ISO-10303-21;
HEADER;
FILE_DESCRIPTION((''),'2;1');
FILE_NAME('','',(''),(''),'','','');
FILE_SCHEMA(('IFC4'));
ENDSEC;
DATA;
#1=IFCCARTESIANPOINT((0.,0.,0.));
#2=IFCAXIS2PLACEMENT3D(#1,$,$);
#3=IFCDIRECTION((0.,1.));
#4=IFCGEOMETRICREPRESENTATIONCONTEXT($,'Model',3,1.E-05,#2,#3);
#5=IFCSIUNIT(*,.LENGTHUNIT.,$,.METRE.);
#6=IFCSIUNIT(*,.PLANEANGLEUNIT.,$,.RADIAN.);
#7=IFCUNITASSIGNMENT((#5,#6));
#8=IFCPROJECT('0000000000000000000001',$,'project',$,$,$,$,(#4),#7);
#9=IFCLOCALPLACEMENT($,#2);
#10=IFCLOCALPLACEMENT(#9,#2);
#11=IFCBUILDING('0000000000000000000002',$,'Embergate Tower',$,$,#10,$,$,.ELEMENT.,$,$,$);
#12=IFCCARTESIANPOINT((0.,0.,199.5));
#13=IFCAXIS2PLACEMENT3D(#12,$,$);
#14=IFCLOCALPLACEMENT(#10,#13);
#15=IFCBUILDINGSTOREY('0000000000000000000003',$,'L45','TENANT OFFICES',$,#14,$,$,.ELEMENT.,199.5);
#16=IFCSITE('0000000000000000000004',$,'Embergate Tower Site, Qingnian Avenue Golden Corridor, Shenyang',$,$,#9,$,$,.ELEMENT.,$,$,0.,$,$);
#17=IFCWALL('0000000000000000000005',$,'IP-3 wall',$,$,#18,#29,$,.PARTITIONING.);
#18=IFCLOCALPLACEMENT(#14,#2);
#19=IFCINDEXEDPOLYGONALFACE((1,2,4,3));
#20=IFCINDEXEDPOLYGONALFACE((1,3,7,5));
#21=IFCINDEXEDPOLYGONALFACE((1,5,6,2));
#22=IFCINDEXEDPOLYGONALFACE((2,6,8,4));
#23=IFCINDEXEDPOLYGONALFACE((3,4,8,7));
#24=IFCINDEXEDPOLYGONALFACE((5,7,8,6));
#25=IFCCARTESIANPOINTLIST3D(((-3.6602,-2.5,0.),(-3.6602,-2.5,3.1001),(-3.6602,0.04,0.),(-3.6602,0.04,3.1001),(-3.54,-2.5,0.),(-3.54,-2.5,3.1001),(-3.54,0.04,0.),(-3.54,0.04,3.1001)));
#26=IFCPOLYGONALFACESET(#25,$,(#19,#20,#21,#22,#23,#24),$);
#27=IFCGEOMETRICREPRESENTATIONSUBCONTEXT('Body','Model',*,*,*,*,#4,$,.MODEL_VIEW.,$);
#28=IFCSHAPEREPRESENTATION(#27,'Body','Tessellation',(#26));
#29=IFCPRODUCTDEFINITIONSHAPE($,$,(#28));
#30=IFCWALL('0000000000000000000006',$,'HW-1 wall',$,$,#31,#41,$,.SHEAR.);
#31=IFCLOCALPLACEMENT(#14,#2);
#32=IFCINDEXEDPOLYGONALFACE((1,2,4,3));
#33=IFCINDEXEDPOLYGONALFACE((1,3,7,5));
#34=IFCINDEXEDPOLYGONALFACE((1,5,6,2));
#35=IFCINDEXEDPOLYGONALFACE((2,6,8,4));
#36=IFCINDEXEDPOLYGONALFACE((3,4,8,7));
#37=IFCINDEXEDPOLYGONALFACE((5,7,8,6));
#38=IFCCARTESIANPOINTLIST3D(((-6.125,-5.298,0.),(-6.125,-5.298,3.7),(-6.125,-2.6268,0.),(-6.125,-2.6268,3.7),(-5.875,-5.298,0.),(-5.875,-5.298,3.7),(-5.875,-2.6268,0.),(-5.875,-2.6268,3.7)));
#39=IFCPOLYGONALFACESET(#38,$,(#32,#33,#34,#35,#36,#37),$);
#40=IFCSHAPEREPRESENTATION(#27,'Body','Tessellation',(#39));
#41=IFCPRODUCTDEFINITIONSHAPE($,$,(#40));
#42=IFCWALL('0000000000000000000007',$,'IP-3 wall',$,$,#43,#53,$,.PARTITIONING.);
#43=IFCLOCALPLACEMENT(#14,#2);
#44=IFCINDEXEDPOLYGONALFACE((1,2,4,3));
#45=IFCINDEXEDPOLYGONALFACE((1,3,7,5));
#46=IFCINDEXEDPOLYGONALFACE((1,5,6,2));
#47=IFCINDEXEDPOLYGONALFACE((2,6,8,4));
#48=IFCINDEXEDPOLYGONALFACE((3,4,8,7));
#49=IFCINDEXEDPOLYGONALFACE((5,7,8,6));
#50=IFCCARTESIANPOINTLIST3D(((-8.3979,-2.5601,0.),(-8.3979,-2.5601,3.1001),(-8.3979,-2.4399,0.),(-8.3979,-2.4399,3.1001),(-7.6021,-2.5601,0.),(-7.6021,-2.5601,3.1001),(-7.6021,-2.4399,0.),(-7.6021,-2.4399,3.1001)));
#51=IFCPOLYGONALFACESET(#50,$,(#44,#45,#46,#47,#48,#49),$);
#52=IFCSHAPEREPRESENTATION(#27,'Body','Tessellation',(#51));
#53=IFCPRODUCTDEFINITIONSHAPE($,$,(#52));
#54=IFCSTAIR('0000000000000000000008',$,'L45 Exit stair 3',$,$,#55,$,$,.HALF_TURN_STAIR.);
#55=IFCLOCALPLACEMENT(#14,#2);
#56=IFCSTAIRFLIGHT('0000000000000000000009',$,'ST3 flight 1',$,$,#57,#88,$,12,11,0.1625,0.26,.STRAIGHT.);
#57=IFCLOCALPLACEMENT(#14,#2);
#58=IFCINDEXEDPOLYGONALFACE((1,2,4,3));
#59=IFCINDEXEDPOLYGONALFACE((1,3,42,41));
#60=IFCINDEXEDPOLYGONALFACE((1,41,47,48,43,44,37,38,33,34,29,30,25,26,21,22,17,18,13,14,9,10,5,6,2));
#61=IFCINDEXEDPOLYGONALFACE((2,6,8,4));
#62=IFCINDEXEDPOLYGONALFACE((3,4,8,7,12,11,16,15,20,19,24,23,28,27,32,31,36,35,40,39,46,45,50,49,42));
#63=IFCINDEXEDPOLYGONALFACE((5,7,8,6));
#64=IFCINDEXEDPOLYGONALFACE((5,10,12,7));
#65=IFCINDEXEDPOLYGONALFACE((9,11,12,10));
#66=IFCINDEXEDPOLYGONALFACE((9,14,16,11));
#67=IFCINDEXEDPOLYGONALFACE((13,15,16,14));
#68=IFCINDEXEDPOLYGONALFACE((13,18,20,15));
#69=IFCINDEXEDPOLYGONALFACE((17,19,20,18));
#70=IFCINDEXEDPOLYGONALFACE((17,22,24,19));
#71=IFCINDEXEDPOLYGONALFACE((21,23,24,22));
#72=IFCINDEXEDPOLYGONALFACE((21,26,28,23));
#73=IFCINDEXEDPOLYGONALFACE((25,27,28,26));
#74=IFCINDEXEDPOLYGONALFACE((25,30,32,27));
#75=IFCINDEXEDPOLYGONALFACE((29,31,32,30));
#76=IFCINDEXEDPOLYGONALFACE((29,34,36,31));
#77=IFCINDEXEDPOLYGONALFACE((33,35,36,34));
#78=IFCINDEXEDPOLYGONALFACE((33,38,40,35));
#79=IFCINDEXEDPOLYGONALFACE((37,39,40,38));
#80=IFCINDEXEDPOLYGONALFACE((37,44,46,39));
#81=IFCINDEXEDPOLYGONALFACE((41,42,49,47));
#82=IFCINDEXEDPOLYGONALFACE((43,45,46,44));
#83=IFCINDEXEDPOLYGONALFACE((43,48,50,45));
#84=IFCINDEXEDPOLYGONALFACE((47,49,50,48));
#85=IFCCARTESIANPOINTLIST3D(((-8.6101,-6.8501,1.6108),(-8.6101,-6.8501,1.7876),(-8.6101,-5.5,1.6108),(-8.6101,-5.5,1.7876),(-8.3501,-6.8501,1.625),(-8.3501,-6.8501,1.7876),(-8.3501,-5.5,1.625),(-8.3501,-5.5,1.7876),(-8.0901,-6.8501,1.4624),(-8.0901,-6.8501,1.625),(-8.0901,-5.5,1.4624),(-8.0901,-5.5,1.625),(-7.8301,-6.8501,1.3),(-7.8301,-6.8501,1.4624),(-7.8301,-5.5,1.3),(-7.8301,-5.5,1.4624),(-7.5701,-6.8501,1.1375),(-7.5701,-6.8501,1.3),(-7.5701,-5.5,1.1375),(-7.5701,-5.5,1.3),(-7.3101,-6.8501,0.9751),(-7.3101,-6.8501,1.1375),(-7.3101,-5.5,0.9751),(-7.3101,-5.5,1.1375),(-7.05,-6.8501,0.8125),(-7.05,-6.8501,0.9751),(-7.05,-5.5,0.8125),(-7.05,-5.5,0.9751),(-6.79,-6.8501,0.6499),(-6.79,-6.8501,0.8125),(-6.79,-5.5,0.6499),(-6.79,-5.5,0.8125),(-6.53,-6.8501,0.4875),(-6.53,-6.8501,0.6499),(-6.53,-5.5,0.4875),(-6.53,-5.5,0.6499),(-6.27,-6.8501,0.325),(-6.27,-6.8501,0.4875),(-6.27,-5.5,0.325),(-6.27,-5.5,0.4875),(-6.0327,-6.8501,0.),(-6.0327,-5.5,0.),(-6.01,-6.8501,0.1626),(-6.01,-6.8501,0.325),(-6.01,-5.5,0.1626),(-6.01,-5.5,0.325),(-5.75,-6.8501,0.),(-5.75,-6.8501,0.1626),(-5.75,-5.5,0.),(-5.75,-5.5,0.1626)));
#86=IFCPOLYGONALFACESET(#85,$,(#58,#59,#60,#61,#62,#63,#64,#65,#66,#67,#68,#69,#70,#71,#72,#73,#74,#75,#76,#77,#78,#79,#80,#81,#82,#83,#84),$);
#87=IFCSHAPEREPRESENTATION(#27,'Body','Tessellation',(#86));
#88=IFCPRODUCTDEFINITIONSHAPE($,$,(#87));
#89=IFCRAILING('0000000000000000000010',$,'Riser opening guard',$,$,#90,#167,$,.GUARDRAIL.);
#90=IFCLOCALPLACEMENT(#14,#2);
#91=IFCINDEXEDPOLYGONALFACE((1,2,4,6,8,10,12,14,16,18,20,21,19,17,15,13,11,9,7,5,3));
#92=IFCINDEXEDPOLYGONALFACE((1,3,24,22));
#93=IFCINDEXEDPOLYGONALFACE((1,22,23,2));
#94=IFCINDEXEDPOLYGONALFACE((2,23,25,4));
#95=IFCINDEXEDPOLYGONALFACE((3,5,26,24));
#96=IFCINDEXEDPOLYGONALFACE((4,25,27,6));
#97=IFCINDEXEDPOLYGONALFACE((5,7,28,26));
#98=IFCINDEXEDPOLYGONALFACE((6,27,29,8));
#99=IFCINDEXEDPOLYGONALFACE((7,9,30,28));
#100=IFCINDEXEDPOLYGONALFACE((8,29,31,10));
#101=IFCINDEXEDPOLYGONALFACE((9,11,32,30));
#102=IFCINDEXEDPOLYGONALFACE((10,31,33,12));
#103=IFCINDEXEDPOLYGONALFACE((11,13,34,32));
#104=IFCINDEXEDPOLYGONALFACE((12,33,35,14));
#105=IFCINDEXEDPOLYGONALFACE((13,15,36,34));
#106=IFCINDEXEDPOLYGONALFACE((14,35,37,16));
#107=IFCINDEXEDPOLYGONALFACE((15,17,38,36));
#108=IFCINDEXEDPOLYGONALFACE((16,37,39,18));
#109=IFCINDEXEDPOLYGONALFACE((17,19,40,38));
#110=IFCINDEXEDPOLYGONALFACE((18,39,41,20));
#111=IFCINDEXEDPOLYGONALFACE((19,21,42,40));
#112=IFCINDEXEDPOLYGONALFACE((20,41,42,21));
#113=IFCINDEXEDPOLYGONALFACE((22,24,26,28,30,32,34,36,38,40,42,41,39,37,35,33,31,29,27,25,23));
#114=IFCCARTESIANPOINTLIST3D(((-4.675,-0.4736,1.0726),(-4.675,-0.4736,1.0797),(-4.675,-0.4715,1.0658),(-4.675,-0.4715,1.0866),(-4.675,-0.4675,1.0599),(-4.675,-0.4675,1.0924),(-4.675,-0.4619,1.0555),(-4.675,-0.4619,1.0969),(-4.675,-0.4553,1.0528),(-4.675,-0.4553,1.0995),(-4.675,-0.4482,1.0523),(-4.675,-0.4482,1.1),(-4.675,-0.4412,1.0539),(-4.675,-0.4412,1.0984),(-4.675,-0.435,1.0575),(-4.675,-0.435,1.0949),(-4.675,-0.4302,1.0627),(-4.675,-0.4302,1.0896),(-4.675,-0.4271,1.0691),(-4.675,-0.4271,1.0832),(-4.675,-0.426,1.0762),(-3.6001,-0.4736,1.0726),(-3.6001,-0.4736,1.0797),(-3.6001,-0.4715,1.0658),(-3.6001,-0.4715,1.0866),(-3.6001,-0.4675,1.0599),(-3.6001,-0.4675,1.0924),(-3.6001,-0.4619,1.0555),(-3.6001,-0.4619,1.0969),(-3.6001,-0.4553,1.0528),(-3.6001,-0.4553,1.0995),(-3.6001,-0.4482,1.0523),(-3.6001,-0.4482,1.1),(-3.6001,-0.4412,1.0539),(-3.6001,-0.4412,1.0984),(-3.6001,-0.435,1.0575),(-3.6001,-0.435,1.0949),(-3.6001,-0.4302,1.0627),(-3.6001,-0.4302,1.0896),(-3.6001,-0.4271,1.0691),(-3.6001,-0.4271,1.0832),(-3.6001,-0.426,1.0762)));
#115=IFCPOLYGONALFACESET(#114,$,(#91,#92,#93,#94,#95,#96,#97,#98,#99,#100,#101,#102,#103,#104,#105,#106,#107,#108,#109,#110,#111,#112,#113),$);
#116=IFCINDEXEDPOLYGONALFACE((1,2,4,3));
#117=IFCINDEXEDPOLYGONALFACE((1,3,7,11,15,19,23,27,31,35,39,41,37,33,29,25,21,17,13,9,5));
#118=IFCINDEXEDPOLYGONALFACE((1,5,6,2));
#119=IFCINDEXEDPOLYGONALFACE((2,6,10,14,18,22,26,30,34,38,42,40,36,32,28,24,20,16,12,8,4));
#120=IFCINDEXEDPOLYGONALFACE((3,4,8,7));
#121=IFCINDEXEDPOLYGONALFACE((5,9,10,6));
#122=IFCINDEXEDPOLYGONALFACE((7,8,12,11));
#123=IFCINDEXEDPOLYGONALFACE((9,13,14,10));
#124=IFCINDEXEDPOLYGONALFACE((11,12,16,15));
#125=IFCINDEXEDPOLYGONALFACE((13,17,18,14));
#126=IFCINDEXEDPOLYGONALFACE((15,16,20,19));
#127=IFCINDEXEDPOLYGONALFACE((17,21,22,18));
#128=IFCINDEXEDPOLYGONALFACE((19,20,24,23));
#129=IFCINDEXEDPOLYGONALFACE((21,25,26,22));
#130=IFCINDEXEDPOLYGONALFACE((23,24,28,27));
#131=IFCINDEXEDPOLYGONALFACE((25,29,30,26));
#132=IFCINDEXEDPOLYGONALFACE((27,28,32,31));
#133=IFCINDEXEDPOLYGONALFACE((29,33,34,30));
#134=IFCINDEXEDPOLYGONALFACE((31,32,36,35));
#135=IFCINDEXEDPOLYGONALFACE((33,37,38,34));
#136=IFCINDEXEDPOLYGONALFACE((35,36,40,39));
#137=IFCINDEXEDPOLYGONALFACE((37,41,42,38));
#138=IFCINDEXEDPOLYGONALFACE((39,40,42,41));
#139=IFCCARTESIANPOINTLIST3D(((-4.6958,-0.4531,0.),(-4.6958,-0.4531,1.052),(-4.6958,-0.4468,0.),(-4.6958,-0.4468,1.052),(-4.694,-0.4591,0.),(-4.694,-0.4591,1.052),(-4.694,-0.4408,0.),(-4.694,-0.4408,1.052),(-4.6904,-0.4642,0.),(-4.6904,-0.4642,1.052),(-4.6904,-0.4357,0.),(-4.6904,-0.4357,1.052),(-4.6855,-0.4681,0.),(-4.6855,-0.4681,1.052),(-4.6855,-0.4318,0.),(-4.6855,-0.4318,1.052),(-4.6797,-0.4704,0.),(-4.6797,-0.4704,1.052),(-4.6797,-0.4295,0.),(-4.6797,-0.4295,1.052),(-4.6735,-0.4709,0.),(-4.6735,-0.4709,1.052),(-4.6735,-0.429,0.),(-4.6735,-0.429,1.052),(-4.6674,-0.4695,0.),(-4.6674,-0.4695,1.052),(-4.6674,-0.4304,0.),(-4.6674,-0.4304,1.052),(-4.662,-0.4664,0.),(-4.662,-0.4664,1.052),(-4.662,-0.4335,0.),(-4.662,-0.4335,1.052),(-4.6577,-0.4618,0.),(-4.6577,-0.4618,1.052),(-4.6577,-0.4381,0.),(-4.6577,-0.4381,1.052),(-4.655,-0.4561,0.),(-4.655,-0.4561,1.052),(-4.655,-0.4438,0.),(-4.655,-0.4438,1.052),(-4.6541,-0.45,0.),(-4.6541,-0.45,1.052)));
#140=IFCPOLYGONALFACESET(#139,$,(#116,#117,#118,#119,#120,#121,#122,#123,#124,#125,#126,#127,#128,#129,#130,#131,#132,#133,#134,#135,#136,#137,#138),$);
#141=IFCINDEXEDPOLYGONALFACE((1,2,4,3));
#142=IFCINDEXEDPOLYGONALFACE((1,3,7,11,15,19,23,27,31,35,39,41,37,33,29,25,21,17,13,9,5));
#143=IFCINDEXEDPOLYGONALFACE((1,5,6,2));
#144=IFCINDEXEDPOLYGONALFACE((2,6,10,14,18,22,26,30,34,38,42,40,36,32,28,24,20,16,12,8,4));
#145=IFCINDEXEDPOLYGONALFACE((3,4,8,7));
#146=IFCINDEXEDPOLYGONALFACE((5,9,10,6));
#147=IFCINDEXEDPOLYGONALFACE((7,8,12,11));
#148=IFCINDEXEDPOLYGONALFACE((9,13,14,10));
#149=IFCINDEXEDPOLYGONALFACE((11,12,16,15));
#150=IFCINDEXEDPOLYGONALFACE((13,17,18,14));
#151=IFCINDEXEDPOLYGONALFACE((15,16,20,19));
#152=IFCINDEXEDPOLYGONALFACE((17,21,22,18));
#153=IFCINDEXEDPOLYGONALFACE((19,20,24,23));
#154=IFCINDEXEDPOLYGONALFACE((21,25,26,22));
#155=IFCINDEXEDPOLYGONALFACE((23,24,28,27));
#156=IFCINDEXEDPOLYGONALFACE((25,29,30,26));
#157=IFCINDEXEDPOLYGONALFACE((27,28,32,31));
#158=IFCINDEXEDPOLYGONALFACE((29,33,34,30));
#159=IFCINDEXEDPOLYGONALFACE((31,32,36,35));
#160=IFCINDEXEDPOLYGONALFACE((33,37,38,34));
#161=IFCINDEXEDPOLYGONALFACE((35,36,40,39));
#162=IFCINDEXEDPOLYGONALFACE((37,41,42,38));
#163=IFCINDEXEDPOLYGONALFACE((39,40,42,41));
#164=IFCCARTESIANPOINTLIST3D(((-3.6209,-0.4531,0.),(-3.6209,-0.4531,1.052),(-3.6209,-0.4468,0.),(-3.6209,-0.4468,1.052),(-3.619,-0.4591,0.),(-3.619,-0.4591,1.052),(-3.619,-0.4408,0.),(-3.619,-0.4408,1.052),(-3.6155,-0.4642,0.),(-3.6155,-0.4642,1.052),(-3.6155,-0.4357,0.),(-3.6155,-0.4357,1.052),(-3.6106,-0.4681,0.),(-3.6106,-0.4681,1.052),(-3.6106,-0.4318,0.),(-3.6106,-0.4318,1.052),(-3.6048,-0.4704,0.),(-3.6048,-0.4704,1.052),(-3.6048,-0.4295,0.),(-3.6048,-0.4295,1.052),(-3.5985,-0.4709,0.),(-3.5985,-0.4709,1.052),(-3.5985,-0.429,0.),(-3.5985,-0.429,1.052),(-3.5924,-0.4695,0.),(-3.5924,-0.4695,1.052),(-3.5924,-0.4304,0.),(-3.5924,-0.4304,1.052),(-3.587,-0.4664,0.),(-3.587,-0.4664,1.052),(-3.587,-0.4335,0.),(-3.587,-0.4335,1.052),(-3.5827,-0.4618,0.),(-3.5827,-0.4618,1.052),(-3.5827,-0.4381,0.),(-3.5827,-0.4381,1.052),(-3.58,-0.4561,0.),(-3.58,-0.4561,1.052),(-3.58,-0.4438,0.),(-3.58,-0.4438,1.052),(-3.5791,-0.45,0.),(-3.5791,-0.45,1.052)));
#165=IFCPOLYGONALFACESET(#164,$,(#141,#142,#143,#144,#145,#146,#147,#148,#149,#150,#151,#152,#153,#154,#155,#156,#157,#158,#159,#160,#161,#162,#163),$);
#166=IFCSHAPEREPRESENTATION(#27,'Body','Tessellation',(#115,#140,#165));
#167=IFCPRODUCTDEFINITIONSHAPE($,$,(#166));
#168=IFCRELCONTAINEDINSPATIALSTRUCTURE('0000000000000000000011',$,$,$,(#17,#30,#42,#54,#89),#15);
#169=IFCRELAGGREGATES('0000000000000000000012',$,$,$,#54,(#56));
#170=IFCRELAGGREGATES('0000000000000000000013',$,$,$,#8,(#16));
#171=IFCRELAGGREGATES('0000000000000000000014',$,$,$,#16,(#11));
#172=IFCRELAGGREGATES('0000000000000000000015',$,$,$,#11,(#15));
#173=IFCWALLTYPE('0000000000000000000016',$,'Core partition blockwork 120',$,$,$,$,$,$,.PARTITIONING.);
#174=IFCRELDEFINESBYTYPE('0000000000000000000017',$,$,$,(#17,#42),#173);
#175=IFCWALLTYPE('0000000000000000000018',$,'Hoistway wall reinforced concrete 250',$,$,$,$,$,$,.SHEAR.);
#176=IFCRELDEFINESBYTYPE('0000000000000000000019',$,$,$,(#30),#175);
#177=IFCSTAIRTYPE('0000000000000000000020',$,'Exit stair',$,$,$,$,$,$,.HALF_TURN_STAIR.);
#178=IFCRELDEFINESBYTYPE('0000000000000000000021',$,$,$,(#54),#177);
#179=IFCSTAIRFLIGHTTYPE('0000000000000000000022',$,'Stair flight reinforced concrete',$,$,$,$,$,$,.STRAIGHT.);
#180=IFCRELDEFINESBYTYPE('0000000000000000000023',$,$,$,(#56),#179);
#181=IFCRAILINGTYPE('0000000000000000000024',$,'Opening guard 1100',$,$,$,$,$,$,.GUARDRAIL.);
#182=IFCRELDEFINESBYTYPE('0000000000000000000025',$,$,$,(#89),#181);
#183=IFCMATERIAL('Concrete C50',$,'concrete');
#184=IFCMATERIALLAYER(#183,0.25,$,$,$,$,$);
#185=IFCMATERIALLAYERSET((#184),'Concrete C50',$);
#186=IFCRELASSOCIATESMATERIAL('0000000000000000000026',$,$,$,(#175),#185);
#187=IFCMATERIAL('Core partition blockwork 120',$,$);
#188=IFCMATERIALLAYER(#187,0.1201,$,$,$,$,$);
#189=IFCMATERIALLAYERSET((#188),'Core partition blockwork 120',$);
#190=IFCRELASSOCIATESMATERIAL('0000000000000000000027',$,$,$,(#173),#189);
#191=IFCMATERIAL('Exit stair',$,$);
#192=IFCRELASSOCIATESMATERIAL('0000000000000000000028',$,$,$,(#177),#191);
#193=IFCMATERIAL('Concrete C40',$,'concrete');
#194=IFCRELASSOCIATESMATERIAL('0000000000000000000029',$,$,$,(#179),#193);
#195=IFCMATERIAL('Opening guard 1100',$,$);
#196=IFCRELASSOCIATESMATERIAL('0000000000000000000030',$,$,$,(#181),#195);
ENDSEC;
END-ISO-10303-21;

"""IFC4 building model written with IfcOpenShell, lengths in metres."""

from ifc_helpers import new_model, si_unit, direction, frame, frame_2d, origin, origin_2d, place, context, subcontext, project, spatial, polyline, rectangle, circle, outline, extrude, source, transform, mapped, material, layer, layer_set, type_object, element, aggregate, save


model = new_model("IFC4")

# Units and contexts
model_context = context("Model", 3, precision=1e-05, world=origin(), true_north=direction((0.0, 1.0)))
body_context = subcontext(model_context, "Body", "Model", "MODEL_VIEW")
ifc_project = project(units=[si_unit("LENGTHUNIT", "METRE"), si_unit("PLANEANGLEUNIT", "RADIAN")], contexts=[model_context])

# Site, building, storey
site_placement = place(None, origin())
site = spatial("IfcSite", under=ifc_project, at=site_placement, Name="Embergate Tower Site, Qingnian Avenue Golden Corridor, Shenyang", CompositionType="ELEMENT", RefElevation=0.0)
building_placement = place(site_placement, origin())
building = spatial("IfcBuilding", under=site, at=building_placement, Name="Embergate Tower", CompositionType="ELEMENT")
storey_placement = place(building_placement, frame((0.0, 0.0, 199.5)))
storey = spatial("IfcBuildingStorey", under=building, at=storey_placement, Name="L45", Description="TENANT OFFICES", CompositionType="ELEMENT", Elevation=199.5)

# Shared definitions
ifc_material_1 = material(Name="Concrete C50", Category="concrete")
ifc_layer_1 = layer(ifc_material_1, 0.25)
ifc_layer_set_1 = layer_set([ifc_layer_1], Name="Concrete C50")
wall_type_1 = type_object("IfcWallType", Name="Hoistway wall reinforced concrete 250", PredefinedType="SHEAR", material=ifc_layer_set_1)

# Shared definitions
ifc_material_2 = material(Name="Core partition blockwork 120")
ifc_layer_2 = layer(ifc_material_2, 0.1201)
ifc_layer_set_2 = layer_set([ifc_layer_2], Name="Core partition blockwork 120")
wall_type_2 = type_object("IfcWallType", Name="Core partition blockwork 120", PredefinedType="PARTITIONING", material=ifc_layer_set_2)

# Walls
shared_shape_1 = source(origin(), body_context, "Body", "SweptSolid", [
    extrude(rectangle(XDim=2.54, YDim=0.1201, at=frame_2d((1.27, 0.0))), origin(), (0.0, 0.0, 1.0), 3.1001),
])
wall_1_placement = place(storey_placement, frame((-3.6001, -2.5, 0.0), z_axis=(0.0, 0.0, 1.0), x_axis=(0.0, 1.0, 0.0)))
element("IfcWall", 1, at=wall_1_placement, inside=storey, type_object=wall_type_2, Name="IP-3 wall", PredefinedType="PARTITIONING", context=body_context, shape_type="MappedRepresentation", body=[
    mapped(shared_shape_1, transform((0.0, 0.0, 0.0))),
])
shared_shape_2 = source(origin(), body_context, "Body", "SweptSolid", [
    extrude(rectangle(XDim=2.6711, YDim=0.25, at=frame_2d((1.3354, 0.0))), origin(), (0.0, 0.0, 1.0), 3.7),
])
wall_2_placement = place(storey_placement, frame((-6.0, -2.627, 0.0), z_axis=(0.0, 0.0, 1.0), x_axis=(0.0, -1.0, 0.0)))
element("IfcWall", 2, at=wall_2_placement, inside=storey, type_object=wall_type_1, Name="HW-1 wall", PredefinedType="SHEAR", context=body_context, shape_type="MappedRepresentation", body=[
    mapped(shared_shape_2, transform((0.0, 0.0, 0.0))),
])
shared_shape_3 = source(origin(), body_context, "Body", "SweptSolid", [
    extrude(rectangle(XDim=0.7959, YDim=0.1201, at=frame_2d((0.3979, 0.0))), origin(), (0.0, 0.0, 1.0), 3.1001),
])
wall_3_placement = place(storey_placement, frame((-8.3979, -2.5, 0.0), z_axis=(0.0, 0.0, 1.0), x_axis=(1.0, 0.0, 0.0)))
element("IfcWall", 3, at=wall_3_placement, inside=storey, type_object=wall_type_2, Name="IP-3 wall", PredefinedType="PARTITIONING", context=body_context, shape_type="MappedRepresentation", body=[
    mapped(shared_shape_3, transform((0.0, 0.0, 0.0))),
])

# Stair, stair flight
ifc_material_3 = material(Name="Exit stair")
stair_type = type_object("IfcStairType", Name="Exit stair", PredefinedType="HALF_TURN_STAIR", material=ifc_material_3)
stair_placement = place(storey_placement, origin())
stair = element("IfcStair", 4, at=stair_placement, inside=storey, type_object=stair_type, Name="L45 Exit stair 3", PredefinedType="HALF_TURN_STAIR")
ifc_material_4 = material(Name="Concrete C40", Category="concrete")
stair_flight_type = type_object("IfcStairFlightType", Name="Stair flight reinforced concrete", PredefinedType="STRAIGHT", material=ifc_material_4)
shared_shape_4 = source(origin(), body_context, "Body", "SweptSolid", [
    extrude(outline(polyline([(0.0, 0.0), (0.0, 0.1626), (0.26, 0.1626), (0.26, 0.325), (0.52, 0.325), (0.52, 0.4875), (0.78, 0.4875), (0.78, 0.6499), (1.04, 0.6499), (1.04, 0.8125), (1.3, 0.8125), (1.3, 0.9751), (1.5601, 0.9751), (1.5601, 1.1375), (1.8201, 1.1375), (1.8201, 1.3), (2.0801, 1.3), (2.0801, 1.4624), (2.3401, 1.4624), (2.3401, 1.625), (2.6001, 1.625), (2.6001, 1.7876), (2.8601, 1.7876), (2.8601, 1.95), (2.8601, 1.6108), (0.2827, 0.0), (0.0, 0.0)])), frame((0.0, 0.675, 0.0), z_axis=(0.0, -1.0, 0.0), x_axis=(1.0, 0.0, 0.0)), (0.0, 0.0, 1.0), 1.3501),
])
stair_flight_placement = place(storey_placement, frame((-5.75, -6.175, 0.0), z_axis=(0.0, 0.0, 1.0), x_axis=(-1.0, 0.0, 0.0)))
stair_flight = element("IfcStairFlight", 5, at=stair_flight_placement, type_object=stair_flight_type, Name="ST3 flight 1", NumberOfRisers=12, NumberOfTreads=11, PredefinedType="STRAIGHT", RiserHeight=0.1625, TreadLength=0.26, context=body_context, shape_type="MappedRepresentation", body=[
    mapped(shared_shape_4, transform((0.0, 0.0, 0.0))),
])
aggregate(stair, [stair_flight])

# Railing
ifc_material_5 = material(Name="Opening guard 1100")
railing_type_1 = type_object("IfcRailingType", Name="Opening guard 1100", PredefinedType="GUARDRAIL", material=ifc_material_5)
shared_shape_5 = source(origin(), body_context, "Body", "SweptSolid", [
    extrude(circle(Radius=0.0239, at=origin_2d()), frame((0.0, 0.0, 1.0762), z_axis=(1.0, 0.0, 0.0), x_axis=(0.0, 1.0, 0.0)), (0.0, 0.0, 1.0), 1.075),
    extrude(circle(Radius=0.021, at=origin_2d()), origin(), (0.0, 0.0, 1.0), 1.052),
    extrude(circle(Radius=0.021, at=origin_2d()), frame((1.075, 0.0, 0.0)), (0.0, 0.0, 1.0), 1.052),
])
railing_1_placement = place(storey_placement, frame((-4.675, -0.45, 0.0)))
element("IfcRailing", 6, at=railing_1_placement, inside=storey, type_object=railing_type_1, Name="Riser opening guard", PredefinedType="GUARDRAIL", context=body_context, shape_type="MappedRepresentation", body=[
    mapped(shared_shape_5, transform((0.0, 0.0, 0.0))),
])

save(model, "model.ifc")
